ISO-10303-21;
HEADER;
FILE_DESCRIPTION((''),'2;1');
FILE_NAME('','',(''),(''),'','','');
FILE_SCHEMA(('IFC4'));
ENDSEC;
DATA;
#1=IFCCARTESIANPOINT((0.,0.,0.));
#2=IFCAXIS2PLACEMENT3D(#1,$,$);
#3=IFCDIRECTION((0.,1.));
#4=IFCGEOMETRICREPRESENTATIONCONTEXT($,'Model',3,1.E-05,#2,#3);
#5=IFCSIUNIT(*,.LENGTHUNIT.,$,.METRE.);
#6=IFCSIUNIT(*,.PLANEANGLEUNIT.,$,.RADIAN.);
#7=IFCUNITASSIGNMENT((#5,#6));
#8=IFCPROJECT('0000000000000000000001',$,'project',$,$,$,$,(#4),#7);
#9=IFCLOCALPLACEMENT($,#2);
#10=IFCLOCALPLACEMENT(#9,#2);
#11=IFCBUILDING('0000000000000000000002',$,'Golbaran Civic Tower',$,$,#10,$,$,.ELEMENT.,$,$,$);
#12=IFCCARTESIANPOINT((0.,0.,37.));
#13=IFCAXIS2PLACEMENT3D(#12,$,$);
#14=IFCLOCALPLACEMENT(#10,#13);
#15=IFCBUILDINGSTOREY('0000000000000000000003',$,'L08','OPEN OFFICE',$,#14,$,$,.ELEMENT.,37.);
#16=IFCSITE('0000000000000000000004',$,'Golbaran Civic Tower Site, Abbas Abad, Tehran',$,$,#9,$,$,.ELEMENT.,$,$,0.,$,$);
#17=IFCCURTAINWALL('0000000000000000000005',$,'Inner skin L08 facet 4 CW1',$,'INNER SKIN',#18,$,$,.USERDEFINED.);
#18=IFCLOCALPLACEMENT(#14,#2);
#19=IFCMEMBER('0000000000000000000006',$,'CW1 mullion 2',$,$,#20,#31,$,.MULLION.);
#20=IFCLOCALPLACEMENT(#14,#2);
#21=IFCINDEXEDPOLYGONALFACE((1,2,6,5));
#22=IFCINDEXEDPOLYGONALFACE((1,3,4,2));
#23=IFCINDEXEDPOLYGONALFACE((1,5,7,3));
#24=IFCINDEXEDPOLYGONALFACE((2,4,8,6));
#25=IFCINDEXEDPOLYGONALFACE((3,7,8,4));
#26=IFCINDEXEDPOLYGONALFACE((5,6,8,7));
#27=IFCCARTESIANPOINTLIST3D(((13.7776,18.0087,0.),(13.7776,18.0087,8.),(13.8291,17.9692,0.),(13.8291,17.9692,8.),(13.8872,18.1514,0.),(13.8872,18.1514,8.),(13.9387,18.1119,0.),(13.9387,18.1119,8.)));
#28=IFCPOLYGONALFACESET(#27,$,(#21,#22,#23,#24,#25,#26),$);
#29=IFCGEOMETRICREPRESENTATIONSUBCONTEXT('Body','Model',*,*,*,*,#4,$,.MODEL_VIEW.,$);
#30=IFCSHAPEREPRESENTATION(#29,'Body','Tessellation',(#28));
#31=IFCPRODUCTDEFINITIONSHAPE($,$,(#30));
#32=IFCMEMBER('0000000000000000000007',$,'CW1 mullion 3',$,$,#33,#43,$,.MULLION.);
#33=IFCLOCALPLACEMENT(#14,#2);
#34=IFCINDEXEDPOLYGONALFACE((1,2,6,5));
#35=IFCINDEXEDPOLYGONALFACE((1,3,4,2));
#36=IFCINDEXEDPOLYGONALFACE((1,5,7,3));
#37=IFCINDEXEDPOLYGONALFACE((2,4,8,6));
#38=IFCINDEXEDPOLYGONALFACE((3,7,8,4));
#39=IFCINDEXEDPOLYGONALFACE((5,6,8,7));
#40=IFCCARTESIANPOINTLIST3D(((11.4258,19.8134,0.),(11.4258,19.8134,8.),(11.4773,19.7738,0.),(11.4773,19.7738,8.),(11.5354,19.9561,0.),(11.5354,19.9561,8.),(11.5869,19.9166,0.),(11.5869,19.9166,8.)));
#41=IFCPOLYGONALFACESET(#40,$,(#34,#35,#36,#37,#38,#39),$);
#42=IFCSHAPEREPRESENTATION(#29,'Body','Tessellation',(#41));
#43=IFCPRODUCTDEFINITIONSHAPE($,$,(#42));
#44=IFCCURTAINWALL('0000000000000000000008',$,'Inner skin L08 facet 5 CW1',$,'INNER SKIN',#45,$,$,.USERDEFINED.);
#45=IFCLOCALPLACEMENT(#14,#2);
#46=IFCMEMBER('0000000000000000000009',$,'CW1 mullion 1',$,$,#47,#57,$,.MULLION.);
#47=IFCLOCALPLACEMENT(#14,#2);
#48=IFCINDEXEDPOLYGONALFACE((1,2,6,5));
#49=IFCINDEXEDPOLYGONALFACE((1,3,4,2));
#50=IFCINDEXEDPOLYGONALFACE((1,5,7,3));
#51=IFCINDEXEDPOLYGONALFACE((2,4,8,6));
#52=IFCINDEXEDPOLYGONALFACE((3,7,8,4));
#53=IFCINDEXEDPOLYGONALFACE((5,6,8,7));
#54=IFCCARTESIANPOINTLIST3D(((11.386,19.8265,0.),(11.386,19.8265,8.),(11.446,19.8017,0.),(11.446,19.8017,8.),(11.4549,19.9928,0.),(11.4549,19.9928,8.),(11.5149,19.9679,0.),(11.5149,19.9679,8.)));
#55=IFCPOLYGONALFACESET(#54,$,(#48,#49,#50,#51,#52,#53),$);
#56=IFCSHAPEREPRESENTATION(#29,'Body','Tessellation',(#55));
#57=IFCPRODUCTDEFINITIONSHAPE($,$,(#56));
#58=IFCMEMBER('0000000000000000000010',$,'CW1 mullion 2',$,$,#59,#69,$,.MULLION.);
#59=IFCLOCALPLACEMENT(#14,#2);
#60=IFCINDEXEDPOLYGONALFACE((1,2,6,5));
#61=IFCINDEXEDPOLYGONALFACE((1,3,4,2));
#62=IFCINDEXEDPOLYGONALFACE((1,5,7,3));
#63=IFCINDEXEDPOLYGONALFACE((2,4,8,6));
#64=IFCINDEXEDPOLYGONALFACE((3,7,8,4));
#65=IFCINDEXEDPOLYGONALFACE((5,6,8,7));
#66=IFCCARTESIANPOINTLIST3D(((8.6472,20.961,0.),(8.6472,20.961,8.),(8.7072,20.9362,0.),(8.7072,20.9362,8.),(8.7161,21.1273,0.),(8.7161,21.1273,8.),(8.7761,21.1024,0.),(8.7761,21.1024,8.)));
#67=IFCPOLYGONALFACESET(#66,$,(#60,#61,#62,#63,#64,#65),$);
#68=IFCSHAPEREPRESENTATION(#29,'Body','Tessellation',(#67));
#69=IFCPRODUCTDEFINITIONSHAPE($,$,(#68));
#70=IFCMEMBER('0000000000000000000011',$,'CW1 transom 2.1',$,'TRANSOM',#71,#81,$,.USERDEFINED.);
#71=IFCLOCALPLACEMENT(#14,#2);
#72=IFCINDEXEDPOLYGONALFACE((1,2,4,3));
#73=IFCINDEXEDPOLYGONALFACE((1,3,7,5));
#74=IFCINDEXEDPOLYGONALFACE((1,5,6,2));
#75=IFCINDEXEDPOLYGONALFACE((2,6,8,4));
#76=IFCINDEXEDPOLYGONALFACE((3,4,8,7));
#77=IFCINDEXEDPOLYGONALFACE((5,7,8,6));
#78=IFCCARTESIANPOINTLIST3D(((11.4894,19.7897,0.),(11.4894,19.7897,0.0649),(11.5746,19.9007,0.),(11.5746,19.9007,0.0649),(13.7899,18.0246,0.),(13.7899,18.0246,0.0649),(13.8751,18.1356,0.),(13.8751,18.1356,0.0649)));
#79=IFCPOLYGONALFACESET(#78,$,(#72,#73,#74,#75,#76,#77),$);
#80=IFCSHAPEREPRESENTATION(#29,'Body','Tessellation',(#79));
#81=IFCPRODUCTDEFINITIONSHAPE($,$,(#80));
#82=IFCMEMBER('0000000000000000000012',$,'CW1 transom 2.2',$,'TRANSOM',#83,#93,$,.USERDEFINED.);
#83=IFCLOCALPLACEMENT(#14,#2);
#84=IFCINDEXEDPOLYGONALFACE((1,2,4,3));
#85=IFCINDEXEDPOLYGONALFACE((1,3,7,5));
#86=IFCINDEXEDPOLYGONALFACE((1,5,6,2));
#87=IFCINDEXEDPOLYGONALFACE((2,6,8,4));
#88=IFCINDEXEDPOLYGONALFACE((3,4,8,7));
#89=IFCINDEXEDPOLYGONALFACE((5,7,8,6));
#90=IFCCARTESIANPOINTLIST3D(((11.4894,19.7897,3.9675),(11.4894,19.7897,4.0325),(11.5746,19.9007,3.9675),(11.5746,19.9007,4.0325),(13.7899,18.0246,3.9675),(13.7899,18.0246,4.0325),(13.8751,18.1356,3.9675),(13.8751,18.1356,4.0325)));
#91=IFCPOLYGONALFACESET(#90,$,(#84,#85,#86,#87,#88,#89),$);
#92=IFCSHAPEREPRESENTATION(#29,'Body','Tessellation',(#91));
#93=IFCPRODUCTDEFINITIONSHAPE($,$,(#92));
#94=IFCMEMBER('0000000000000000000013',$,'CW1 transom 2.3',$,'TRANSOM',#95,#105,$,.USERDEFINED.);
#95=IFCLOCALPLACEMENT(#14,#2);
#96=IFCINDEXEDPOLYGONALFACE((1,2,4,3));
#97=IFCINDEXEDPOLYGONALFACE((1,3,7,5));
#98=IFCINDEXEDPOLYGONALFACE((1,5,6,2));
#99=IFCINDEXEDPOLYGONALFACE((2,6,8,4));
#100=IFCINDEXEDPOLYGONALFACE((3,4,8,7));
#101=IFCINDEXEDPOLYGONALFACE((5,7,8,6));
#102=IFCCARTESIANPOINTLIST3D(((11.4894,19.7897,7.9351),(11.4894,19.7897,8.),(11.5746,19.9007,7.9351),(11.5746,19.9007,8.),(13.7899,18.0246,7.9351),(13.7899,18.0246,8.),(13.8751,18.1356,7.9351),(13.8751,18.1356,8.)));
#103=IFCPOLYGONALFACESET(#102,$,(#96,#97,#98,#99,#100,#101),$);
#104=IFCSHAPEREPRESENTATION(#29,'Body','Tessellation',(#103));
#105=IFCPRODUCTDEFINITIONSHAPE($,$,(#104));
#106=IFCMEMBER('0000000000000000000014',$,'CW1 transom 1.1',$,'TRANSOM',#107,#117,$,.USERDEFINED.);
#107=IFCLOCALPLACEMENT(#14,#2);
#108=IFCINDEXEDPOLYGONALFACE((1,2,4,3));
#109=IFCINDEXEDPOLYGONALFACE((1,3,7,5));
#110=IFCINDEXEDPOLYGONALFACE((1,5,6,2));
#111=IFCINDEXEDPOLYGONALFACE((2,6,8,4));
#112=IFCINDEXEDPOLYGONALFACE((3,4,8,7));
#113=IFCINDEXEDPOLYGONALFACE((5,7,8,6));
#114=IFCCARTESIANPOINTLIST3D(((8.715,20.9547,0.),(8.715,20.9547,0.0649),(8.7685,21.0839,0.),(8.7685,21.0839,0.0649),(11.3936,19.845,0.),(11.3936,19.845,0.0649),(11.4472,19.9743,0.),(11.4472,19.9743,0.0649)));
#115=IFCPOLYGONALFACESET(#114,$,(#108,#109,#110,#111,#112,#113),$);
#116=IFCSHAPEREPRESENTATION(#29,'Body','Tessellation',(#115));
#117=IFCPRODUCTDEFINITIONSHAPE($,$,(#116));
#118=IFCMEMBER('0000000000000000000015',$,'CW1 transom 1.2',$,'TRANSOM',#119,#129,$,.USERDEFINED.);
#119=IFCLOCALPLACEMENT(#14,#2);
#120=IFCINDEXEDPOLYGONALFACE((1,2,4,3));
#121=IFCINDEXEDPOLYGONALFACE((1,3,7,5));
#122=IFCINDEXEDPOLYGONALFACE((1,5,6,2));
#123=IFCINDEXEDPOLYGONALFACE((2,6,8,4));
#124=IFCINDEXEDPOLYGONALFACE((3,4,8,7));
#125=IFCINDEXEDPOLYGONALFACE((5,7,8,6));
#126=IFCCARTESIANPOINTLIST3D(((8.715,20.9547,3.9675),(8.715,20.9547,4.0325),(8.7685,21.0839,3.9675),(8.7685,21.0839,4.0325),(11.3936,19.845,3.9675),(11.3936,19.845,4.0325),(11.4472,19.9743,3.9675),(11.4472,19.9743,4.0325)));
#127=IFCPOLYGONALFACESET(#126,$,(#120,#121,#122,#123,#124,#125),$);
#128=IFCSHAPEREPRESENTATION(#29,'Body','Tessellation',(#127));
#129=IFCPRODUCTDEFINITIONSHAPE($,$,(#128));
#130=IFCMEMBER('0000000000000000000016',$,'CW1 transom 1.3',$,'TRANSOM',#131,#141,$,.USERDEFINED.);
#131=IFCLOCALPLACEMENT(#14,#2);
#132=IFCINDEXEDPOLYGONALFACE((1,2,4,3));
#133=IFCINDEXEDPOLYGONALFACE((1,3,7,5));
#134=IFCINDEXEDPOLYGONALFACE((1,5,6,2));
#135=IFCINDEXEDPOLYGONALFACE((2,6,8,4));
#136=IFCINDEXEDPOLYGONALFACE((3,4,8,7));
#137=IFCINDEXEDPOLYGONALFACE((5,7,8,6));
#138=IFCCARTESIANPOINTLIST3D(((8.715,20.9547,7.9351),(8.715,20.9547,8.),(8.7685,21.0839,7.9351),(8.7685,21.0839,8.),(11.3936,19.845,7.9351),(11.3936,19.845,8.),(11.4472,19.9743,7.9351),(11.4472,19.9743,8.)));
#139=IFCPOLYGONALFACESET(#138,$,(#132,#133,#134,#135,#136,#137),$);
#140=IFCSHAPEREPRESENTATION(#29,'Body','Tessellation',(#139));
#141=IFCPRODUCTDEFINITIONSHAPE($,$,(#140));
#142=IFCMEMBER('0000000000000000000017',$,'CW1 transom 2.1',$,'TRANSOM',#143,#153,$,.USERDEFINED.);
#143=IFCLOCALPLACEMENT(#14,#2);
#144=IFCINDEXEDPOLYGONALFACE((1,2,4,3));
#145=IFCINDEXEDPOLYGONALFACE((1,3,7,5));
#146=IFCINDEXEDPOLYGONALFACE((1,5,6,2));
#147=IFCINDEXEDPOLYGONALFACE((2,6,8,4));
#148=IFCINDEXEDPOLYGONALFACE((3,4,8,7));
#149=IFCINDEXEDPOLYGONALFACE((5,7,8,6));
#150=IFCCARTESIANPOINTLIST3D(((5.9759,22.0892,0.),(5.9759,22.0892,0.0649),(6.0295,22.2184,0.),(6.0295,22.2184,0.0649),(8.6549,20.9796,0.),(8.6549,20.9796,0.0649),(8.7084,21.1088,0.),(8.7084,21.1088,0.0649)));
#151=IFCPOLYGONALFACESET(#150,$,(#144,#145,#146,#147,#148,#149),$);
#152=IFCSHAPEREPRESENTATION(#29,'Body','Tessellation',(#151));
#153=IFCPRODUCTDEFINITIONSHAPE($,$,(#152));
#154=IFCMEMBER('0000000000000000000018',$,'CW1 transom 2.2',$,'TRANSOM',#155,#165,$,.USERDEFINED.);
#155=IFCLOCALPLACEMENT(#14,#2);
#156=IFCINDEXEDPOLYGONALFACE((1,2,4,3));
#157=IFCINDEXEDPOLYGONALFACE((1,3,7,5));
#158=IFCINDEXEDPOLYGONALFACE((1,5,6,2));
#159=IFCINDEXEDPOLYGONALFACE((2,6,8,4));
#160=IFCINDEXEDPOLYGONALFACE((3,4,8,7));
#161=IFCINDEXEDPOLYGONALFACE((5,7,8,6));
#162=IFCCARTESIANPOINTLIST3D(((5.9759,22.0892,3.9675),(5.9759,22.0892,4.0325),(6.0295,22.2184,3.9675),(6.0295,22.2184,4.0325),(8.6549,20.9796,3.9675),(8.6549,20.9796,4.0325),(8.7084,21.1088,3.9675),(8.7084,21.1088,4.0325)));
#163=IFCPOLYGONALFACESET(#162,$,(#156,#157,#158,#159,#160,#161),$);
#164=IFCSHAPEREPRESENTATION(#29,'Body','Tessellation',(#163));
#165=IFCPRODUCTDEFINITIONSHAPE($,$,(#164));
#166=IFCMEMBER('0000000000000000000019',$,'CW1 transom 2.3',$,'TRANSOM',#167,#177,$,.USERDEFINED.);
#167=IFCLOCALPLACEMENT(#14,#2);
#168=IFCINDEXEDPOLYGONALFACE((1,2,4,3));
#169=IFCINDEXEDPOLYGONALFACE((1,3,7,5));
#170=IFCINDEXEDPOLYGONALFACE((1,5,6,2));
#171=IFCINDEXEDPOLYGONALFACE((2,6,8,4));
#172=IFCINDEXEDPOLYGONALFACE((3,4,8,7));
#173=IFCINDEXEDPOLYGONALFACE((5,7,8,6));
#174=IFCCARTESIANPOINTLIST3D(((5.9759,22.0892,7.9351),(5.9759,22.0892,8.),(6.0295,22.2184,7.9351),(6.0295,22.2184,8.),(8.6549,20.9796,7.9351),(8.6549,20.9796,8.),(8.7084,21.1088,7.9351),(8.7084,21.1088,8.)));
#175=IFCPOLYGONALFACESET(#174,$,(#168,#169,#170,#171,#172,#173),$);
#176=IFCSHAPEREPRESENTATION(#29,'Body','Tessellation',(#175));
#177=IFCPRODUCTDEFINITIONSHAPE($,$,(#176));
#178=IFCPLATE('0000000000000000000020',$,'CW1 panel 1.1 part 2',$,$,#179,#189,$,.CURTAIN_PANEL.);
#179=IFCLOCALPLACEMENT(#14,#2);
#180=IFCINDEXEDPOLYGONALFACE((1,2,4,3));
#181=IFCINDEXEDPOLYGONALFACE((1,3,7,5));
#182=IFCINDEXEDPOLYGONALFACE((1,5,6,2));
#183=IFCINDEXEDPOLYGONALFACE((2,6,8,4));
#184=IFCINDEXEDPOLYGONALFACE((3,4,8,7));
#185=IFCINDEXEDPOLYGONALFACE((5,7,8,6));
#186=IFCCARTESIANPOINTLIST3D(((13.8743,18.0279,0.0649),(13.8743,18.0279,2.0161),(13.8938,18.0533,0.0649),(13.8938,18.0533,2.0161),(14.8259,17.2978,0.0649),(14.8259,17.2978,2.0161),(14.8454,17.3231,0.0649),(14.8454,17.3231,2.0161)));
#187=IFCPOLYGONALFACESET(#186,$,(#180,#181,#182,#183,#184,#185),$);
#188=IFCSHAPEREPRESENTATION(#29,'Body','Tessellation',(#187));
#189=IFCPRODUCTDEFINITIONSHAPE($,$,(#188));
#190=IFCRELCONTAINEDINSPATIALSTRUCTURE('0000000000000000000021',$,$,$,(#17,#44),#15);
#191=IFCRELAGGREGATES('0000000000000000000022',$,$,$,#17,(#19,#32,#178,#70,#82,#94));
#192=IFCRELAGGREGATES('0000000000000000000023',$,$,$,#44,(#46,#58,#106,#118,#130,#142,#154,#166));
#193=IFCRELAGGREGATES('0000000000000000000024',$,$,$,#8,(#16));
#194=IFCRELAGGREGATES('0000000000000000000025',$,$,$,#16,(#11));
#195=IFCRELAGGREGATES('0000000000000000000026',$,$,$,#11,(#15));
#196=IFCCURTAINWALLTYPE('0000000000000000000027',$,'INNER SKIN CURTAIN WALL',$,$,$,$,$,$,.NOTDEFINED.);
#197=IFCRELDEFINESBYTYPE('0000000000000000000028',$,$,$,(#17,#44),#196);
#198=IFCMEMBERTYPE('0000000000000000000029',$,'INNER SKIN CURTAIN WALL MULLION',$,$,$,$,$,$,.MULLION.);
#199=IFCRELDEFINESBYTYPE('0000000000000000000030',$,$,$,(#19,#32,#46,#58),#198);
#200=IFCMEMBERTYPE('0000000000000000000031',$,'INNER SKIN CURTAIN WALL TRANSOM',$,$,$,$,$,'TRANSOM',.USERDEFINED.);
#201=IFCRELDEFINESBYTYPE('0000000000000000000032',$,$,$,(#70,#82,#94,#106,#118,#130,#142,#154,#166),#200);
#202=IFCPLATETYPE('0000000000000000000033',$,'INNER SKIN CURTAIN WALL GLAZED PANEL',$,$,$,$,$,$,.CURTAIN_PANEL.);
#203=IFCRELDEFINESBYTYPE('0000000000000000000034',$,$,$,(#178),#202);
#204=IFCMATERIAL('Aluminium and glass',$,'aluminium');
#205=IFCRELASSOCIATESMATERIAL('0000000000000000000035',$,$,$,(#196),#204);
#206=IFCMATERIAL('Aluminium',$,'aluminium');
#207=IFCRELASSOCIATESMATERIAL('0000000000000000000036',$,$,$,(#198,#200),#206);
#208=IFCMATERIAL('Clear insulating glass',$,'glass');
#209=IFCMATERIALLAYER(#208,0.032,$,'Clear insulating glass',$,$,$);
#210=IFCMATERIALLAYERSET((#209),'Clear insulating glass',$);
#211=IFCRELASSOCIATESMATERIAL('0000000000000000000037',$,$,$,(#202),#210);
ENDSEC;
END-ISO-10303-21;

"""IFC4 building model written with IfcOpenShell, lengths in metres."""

from ifc_helpers import new_model, si_unit, direction, frame, origin, origin_2d, place, context, subcontext, project, spatial, rectangle, extrude, material, layer, layer_set, material_profile, profile_set, type_object, element, aggregate, save


model = new_model("IFC4")

# Units and contexts
model_context = context("Model", 3, precision=1e-05, world=origin(), true_north=direction((0.0, 1.0)))
body_context = subcontext(model_context, "Body", "Model", "MODEL_VIEW")
ifc_project = project(units=[si_unit("LENGTHUNIT", "METRE"), si_unit("PLANEANGLEUNIT", "RADIAN")], contexts=[model_context])

# Site, building, storey
site_placement = place(None, origin())
site = spatial("IfcSite", under=ifc_project, at=site_placement, Name="Golbaran Civic Tower Site, Abbas Abad, Tehran", CompositionType="ELEMENT", RefElevation=0.0)
building_placement = place(site_placement, origin())
building = spatial("IfcBuilding", under=site, at=building_placement, Name="Golbaran Civic Tower", CompositionType="ELEMENT")
storey_placement = place(building_placement, frame((0.0, 0.0, 37.0)))
storey = spatial("IfcBuildingStorey", under=building, at=storey_placement, Name="L08", Description="OPEN OFFICE", CompositionType="ELEMENT", Elevation=37.0)

# Curtain walls, members
ifc_material_1 = material(Name="Aluminium and glass", Category="aluminium")
curtain_wall_type_1 = type_object("IfcCurtainWallType", Name="INNER SKIN CURTAIN WALL", PredefinedType="NOTDEFINED", material=ifc_material_1)
curtain_wall_1_placement = place(storey_placement, origin())
curtain_wall_1 = element("IfcCurtainWall", 1, at=curtain_wall_1_placement, inside=storey, type_object=curtain_wall_type_1, Name="Inner skin L08 facet 4 CW1", ObjectType="INNER SKIN", PredefinedType="USERDEFINED")
ifc_material_2 = material(Name="Aluminium", Category="aluminium")
ifc_material_profile_1 = material_profile(ifc_material_2, rectangle(XDim=0.1799, YDim=0.0649, at=origin_2d()), Name="INNER SKIN CURTAIN WALL MULLION")
ifc_profile_set_1 = profile_set([ifc_material_profile_1], Name="Aluminium")
member_type_1 = type_object("IfcMemberType", Name="INNER SKIN CURTAIN WALL MULLION", PredefinedType="MULLION", material=ifc_profile_set_1)
member_1_placement = place(storey_placement, frame((13.8582, 18.0603, 0.0), z_axis=(0.0, 0.0, 1.0), x_axis=(-0.608761, -0.793353, 0.0)))
member_1 = element("IfcMember", 2, at=member_1_placement, type_object=member_type_1, Name="CW1 mullion 2", PredefinedType="MULLION", context=body_context, shape_type="SweptSolid", body=[
    extrude(rectangle(XDim=0.1799, YDim=0.0649, at=origin_2d()), origin(), (0.0, 0.0, 1.0), 8.0),
])
member_2_placement = place(storey_placement, frame((11.5063, 19.865, 0.0), z_axis=(0.0, 0.0, 1.0), x_axis=(-0.608761, -0.793353, 0.0)))
member_2 = element("IfcMember", 3, at=member_2_placement, type_object=member_type_1, Name="CW1 mullion 3", PredefinedType="MULLION", context=body_context, shape_type="SweptSolid", body=[
    extrude(rectangle(XDim=0.1799, YDim=0.0649, at=origin_2d()), origin(), (0.0, 0.0, 1.0), 8.0),
])
curtain_wall_2_placement = place(storey_placement, origin())
curtain_wall_2 = element("IfcCurtainWall", 4, at=curtain_wall_2_placement, inside=storey, type_object=curtain_wall_type_1, Name="Inner skin L08 facet 5 CW1", ObjectType="INNER SKIN", PredefinedType="USERDEFINED")
member_3_placement = place(storey_placement, frame((11.4504, 19.8972, 0.0), z_axis=(0.0, 0.0, 1.0), x_axis=(-0.382683, -0.92388, 0.0)))
member_3 = element("IfcMember", 5, at=member_3_placement, type_object=member_type_1, Name="CW1 mullion 1", PredefinedType="MULLION", context=body_context, shape_type="SweptSolid", body=[
    extrude(rectangle(XDim=0.1799, YDim=0.0649, at=origin_2d()), origin(), (0.0, 0.0, 1.0), 8.0),
])
member_4_placement = place(storey_placement, frame((8.7117, 21.0317, 0.0), z_axis=(0.0, 0.0, 1.0), x_axis=(-0.382683, -0.92388, 0.0)))
member_4 = element("IfcMember", 6, at=member_4_placement, type_object=member_type_1, Name="CW1 mullion 2", PredefinedType="MULLION", context=body_context, shape_type="SweptSolid", body=[
    extrude(rectangle(XDim=0.1799, YDim=0.0649, at=origin_2d()), origin(), (0.0, 0.0, 1.0), 8.0),
])

# Members
ifc_material_profile_2 = material_profile(ifc_material_2, rectangle(XDim=0.1399, YDim=0.0649, at=origin_2d()), Name="INNER SKIN CURTAIN WALL TRANSOM")
ifc_profile_set_2 = profile_set([ifc_material_profile_2], Name="Aluminium")
member_type_2 = type_object("IfcMemberType", Name="INNER SKIN CURTAIN WALL TRANSOM", ElementType="TRANSOM", PredefinedType="USERDEFINED", material=ifc_profile_set_2)
member_5_placement = place(storey_placement, frame((13.8325, 18.0801, 0.0325), z_axis=(-0.793375, 0.608734, 0.0), x_axis=(-0.608734, -0.793375, 0.0)))
member_5 = element("IfcMember", 7, at=member_5_placement, type_object=member_type_2, Name="CW1 transom 2.1", ObjectType="TRANSOM", PredefinedType="USERDEFINED", context=body_context, shape_type="SweptSolid", body=[
    extrude(rectangle(XDim=0.1399, YDim=0.0649, at=origin_2d()), origin(), (0.0, 0.0, 1.0), 2.8997),
])
member_6_placement = place(storey_placement, frame((13.8325, 18.0801, 4.0), z_axis=(-0.793375, 0.608734, 0.0), x_axis=(-0.608734, -0.793375, 0.0)))
member_6 = element("IfcMember", 8, at=member_6_placement, type_object=member_type_2, Name="CW1 transom 2.2", ObjectType="TRANSOM", PredefinedType="USERDEFINED", context=body_context, shape_type="SweptSolid", body=[
    extrude(rectangle(XDim=0.1399, YDim=0.0649, at=origin_2d()), origin(), (0.0, 0.0, 1.0), 2.8997),
])
member_7_placement = place(storey_placement, frame((13.8325, 18.0801, 7.9675), z_axis=(-0.793375, 0.608734, 0.0), x_axis=(-0.608734, -0.793375, 0.0)))
member_7 = element("IfcMember", 9, at=member_7_placement, type_object=member_type_2, Name="CW1 transom 2.3", ObjectType="TRANSOM", PredefinedType="USERDEFINED", context=body_context, shape_type="SweptSolid", body=[
    extrude(rectangle(XDim=0.1399, YDim=0.0649, at=origin_2d()), origin(), (0.0, 0.0, 1.0), 2.8997),
])
member_8_placement = place(storey_placement, frame((11.4204, 19.9097, 0.0325), z_axis=(-0.923872, 0.382701, 0.0), x_axis=(-0.382701, -0.923872, 0.0)))
member_8 = element("IfcMember", 10, at=member_8_placement, type_object=member_type_2, Name="CW1 transom 1.1", ObjectType="TRANSOM", PredefinedType="USERDEFINED", context=body_context, shape_type="SweptSolid", body=[
    extrude(rectangle(XDim=0.1399, YDim=0.0649, at=origin_2d()), origin(), (0.0, 0.0, 1.0), 2.8994),
])
member_9_placement = place(storey_placement, frame((11.4204, 19.9097, 4.0), z_axis=(-0.923872, 0.382701, 0.0), x_axis=(-0.382701, -0.923872, 0.0)))
member_9 = element("IfcMember", 11, at=member_9_placement, type_object=member_type_2, Name="CW1 transom 1.2", ObjectType="TRANSOM", PredefinedType="USERDEFINED", context=body_context, shape_type="SweptSolid", body=[
    extrude(rectangle(XDim=0.1399, YDim=0.0649, at=origin_2d()), origin(), (0.0, 0.0, 1.0), 2.8994),
])
member_10_placement = place(storey_placement, frame((11.4204, 19.9097, 7.9675), z_axis=(-0.923872, 0.382701, 0.0), x_axis=(-0.382701, -0.923872, 0.0)))
member_10 = element("IfcMember", 12, at=member_10_placement, type_object=member_type_2, Name="CW1 transom 1.3", ObjectType="TRANSOM", PredefinedType="USERDEFINED", context=body_context, shape_type="SweptSolid", body=[
    extrude(rectangle(XDim=0.1399, YDim=0.0649, at=origin_2d()), origin(), (0.0, 0.0, 1.0), 2.8994),
])
member_11_placement = place(storey_placement, frame((8.6816, 21.0442, 0.0325), z_axis=(-0.923884, 0.382672, 0.0), x_axis=(-0.382672, -0.923884, 0.0)))
member_11 = element("IfcMember", 13, at=member_11_placement, type_object=member_type_2, Name="CW1 transom 2.1", ObjectType="TRANSOM", PredefinedType="USERDEFINED", context=body_context, shape_type="SweptSolid", body=[
    extrude(rectangle(XDim=0.1399, YDim=0.0649, at=origin_2d()), origin(), (0.0, 0.0, 1.0), 2.8997),
])
member_12_placement = place(storey_placement, frame((8.6816, 21.0442, 4.0), z_axis=(-0.923884, 0.382672, 0.0), x_axis=(-0.382672, -0.923884, 0.0)))
member_12 = element("IfcMember", 14, at=member_12_placement, type_object=member_type_2, Name="CW1 transom 2.2", ObjectType="TRANSOM", PredefinedType="USERDEFINED", context=body_context, shape_type="SweptSolid", body=[
    extrude(rectangle(XDim=0.1399, YDim=0.0649, at=origin_2d()), origin(), (0.0, 0.0, 1.0), 2.8997),
])
member_13_placement = place(storey_placement, frame((8.6816, 21.0442, 7.9675), z_axis=(-0.923884, 0.382672, 0.0), x_axis=(-0.382672, -0.923884, 0.0)))
member_13 = element("IfcMember", 15, at=member_13_placement, type_object=member_type_2, Name="CW1 transom 2.3", ObjectType="TRANSOM", PredefinedType="USERDEFINED", context=body_context, shape_type="SweptSolid", body=[
    extrude(rectangle(XDim=0.1399, YDim=0.0649, at=origin_2d()), origin(), (0.0, 0.0, 1.0), 2.8997),
])

# Plate
ifc_material_3 = material(Name="Clear insulating glass", Category="glass")
ifc_layer_1 = layer(ifc_material_3, 0.032, Name="Clear insulating glass")
ifc_layer_set_1 = layer_set([ifc_layer_1], Name="Clear insulating glass")
plate_type_1 = type_object("IfcPlateType", Name="INNER SKIN CURTAIN WALL GLAZED PANEL", PredefinedType="CURTAIN_PANEL", material=ifc_layer_set_1)
plate_1_placement = place(storey_placement, frame((14.3599, 17.6755, 0.0649), z_axis=(0.0, 0.0, 1.0), x_axis=(-0.793353, 0.608761, 0.0)))
plate_1 = element("IfcPlate", 16, at=plate_1_placement, type_object=plate_type_1, Name="CW1 panel 1.1 part 2", PredefinedType="CURTAIN_PANEL", context=body_context, shape_type="SweptSolid", body=[
    extrude(rectangle(XDim=1.1995, YDim=0.032, at=origin_2d()), origin(), (0.0, 0.0, 1.0), 1.9512),
])
aggregate(curtain_wall_1, [member_1, member_2, plate_1, member_5, member_6, member_7])
aggregate(curtain_wall_2, [member_3, member_4, member_8, member_9, member_10, member_11, member_12, member_13])

save(model, "model.ifc")
